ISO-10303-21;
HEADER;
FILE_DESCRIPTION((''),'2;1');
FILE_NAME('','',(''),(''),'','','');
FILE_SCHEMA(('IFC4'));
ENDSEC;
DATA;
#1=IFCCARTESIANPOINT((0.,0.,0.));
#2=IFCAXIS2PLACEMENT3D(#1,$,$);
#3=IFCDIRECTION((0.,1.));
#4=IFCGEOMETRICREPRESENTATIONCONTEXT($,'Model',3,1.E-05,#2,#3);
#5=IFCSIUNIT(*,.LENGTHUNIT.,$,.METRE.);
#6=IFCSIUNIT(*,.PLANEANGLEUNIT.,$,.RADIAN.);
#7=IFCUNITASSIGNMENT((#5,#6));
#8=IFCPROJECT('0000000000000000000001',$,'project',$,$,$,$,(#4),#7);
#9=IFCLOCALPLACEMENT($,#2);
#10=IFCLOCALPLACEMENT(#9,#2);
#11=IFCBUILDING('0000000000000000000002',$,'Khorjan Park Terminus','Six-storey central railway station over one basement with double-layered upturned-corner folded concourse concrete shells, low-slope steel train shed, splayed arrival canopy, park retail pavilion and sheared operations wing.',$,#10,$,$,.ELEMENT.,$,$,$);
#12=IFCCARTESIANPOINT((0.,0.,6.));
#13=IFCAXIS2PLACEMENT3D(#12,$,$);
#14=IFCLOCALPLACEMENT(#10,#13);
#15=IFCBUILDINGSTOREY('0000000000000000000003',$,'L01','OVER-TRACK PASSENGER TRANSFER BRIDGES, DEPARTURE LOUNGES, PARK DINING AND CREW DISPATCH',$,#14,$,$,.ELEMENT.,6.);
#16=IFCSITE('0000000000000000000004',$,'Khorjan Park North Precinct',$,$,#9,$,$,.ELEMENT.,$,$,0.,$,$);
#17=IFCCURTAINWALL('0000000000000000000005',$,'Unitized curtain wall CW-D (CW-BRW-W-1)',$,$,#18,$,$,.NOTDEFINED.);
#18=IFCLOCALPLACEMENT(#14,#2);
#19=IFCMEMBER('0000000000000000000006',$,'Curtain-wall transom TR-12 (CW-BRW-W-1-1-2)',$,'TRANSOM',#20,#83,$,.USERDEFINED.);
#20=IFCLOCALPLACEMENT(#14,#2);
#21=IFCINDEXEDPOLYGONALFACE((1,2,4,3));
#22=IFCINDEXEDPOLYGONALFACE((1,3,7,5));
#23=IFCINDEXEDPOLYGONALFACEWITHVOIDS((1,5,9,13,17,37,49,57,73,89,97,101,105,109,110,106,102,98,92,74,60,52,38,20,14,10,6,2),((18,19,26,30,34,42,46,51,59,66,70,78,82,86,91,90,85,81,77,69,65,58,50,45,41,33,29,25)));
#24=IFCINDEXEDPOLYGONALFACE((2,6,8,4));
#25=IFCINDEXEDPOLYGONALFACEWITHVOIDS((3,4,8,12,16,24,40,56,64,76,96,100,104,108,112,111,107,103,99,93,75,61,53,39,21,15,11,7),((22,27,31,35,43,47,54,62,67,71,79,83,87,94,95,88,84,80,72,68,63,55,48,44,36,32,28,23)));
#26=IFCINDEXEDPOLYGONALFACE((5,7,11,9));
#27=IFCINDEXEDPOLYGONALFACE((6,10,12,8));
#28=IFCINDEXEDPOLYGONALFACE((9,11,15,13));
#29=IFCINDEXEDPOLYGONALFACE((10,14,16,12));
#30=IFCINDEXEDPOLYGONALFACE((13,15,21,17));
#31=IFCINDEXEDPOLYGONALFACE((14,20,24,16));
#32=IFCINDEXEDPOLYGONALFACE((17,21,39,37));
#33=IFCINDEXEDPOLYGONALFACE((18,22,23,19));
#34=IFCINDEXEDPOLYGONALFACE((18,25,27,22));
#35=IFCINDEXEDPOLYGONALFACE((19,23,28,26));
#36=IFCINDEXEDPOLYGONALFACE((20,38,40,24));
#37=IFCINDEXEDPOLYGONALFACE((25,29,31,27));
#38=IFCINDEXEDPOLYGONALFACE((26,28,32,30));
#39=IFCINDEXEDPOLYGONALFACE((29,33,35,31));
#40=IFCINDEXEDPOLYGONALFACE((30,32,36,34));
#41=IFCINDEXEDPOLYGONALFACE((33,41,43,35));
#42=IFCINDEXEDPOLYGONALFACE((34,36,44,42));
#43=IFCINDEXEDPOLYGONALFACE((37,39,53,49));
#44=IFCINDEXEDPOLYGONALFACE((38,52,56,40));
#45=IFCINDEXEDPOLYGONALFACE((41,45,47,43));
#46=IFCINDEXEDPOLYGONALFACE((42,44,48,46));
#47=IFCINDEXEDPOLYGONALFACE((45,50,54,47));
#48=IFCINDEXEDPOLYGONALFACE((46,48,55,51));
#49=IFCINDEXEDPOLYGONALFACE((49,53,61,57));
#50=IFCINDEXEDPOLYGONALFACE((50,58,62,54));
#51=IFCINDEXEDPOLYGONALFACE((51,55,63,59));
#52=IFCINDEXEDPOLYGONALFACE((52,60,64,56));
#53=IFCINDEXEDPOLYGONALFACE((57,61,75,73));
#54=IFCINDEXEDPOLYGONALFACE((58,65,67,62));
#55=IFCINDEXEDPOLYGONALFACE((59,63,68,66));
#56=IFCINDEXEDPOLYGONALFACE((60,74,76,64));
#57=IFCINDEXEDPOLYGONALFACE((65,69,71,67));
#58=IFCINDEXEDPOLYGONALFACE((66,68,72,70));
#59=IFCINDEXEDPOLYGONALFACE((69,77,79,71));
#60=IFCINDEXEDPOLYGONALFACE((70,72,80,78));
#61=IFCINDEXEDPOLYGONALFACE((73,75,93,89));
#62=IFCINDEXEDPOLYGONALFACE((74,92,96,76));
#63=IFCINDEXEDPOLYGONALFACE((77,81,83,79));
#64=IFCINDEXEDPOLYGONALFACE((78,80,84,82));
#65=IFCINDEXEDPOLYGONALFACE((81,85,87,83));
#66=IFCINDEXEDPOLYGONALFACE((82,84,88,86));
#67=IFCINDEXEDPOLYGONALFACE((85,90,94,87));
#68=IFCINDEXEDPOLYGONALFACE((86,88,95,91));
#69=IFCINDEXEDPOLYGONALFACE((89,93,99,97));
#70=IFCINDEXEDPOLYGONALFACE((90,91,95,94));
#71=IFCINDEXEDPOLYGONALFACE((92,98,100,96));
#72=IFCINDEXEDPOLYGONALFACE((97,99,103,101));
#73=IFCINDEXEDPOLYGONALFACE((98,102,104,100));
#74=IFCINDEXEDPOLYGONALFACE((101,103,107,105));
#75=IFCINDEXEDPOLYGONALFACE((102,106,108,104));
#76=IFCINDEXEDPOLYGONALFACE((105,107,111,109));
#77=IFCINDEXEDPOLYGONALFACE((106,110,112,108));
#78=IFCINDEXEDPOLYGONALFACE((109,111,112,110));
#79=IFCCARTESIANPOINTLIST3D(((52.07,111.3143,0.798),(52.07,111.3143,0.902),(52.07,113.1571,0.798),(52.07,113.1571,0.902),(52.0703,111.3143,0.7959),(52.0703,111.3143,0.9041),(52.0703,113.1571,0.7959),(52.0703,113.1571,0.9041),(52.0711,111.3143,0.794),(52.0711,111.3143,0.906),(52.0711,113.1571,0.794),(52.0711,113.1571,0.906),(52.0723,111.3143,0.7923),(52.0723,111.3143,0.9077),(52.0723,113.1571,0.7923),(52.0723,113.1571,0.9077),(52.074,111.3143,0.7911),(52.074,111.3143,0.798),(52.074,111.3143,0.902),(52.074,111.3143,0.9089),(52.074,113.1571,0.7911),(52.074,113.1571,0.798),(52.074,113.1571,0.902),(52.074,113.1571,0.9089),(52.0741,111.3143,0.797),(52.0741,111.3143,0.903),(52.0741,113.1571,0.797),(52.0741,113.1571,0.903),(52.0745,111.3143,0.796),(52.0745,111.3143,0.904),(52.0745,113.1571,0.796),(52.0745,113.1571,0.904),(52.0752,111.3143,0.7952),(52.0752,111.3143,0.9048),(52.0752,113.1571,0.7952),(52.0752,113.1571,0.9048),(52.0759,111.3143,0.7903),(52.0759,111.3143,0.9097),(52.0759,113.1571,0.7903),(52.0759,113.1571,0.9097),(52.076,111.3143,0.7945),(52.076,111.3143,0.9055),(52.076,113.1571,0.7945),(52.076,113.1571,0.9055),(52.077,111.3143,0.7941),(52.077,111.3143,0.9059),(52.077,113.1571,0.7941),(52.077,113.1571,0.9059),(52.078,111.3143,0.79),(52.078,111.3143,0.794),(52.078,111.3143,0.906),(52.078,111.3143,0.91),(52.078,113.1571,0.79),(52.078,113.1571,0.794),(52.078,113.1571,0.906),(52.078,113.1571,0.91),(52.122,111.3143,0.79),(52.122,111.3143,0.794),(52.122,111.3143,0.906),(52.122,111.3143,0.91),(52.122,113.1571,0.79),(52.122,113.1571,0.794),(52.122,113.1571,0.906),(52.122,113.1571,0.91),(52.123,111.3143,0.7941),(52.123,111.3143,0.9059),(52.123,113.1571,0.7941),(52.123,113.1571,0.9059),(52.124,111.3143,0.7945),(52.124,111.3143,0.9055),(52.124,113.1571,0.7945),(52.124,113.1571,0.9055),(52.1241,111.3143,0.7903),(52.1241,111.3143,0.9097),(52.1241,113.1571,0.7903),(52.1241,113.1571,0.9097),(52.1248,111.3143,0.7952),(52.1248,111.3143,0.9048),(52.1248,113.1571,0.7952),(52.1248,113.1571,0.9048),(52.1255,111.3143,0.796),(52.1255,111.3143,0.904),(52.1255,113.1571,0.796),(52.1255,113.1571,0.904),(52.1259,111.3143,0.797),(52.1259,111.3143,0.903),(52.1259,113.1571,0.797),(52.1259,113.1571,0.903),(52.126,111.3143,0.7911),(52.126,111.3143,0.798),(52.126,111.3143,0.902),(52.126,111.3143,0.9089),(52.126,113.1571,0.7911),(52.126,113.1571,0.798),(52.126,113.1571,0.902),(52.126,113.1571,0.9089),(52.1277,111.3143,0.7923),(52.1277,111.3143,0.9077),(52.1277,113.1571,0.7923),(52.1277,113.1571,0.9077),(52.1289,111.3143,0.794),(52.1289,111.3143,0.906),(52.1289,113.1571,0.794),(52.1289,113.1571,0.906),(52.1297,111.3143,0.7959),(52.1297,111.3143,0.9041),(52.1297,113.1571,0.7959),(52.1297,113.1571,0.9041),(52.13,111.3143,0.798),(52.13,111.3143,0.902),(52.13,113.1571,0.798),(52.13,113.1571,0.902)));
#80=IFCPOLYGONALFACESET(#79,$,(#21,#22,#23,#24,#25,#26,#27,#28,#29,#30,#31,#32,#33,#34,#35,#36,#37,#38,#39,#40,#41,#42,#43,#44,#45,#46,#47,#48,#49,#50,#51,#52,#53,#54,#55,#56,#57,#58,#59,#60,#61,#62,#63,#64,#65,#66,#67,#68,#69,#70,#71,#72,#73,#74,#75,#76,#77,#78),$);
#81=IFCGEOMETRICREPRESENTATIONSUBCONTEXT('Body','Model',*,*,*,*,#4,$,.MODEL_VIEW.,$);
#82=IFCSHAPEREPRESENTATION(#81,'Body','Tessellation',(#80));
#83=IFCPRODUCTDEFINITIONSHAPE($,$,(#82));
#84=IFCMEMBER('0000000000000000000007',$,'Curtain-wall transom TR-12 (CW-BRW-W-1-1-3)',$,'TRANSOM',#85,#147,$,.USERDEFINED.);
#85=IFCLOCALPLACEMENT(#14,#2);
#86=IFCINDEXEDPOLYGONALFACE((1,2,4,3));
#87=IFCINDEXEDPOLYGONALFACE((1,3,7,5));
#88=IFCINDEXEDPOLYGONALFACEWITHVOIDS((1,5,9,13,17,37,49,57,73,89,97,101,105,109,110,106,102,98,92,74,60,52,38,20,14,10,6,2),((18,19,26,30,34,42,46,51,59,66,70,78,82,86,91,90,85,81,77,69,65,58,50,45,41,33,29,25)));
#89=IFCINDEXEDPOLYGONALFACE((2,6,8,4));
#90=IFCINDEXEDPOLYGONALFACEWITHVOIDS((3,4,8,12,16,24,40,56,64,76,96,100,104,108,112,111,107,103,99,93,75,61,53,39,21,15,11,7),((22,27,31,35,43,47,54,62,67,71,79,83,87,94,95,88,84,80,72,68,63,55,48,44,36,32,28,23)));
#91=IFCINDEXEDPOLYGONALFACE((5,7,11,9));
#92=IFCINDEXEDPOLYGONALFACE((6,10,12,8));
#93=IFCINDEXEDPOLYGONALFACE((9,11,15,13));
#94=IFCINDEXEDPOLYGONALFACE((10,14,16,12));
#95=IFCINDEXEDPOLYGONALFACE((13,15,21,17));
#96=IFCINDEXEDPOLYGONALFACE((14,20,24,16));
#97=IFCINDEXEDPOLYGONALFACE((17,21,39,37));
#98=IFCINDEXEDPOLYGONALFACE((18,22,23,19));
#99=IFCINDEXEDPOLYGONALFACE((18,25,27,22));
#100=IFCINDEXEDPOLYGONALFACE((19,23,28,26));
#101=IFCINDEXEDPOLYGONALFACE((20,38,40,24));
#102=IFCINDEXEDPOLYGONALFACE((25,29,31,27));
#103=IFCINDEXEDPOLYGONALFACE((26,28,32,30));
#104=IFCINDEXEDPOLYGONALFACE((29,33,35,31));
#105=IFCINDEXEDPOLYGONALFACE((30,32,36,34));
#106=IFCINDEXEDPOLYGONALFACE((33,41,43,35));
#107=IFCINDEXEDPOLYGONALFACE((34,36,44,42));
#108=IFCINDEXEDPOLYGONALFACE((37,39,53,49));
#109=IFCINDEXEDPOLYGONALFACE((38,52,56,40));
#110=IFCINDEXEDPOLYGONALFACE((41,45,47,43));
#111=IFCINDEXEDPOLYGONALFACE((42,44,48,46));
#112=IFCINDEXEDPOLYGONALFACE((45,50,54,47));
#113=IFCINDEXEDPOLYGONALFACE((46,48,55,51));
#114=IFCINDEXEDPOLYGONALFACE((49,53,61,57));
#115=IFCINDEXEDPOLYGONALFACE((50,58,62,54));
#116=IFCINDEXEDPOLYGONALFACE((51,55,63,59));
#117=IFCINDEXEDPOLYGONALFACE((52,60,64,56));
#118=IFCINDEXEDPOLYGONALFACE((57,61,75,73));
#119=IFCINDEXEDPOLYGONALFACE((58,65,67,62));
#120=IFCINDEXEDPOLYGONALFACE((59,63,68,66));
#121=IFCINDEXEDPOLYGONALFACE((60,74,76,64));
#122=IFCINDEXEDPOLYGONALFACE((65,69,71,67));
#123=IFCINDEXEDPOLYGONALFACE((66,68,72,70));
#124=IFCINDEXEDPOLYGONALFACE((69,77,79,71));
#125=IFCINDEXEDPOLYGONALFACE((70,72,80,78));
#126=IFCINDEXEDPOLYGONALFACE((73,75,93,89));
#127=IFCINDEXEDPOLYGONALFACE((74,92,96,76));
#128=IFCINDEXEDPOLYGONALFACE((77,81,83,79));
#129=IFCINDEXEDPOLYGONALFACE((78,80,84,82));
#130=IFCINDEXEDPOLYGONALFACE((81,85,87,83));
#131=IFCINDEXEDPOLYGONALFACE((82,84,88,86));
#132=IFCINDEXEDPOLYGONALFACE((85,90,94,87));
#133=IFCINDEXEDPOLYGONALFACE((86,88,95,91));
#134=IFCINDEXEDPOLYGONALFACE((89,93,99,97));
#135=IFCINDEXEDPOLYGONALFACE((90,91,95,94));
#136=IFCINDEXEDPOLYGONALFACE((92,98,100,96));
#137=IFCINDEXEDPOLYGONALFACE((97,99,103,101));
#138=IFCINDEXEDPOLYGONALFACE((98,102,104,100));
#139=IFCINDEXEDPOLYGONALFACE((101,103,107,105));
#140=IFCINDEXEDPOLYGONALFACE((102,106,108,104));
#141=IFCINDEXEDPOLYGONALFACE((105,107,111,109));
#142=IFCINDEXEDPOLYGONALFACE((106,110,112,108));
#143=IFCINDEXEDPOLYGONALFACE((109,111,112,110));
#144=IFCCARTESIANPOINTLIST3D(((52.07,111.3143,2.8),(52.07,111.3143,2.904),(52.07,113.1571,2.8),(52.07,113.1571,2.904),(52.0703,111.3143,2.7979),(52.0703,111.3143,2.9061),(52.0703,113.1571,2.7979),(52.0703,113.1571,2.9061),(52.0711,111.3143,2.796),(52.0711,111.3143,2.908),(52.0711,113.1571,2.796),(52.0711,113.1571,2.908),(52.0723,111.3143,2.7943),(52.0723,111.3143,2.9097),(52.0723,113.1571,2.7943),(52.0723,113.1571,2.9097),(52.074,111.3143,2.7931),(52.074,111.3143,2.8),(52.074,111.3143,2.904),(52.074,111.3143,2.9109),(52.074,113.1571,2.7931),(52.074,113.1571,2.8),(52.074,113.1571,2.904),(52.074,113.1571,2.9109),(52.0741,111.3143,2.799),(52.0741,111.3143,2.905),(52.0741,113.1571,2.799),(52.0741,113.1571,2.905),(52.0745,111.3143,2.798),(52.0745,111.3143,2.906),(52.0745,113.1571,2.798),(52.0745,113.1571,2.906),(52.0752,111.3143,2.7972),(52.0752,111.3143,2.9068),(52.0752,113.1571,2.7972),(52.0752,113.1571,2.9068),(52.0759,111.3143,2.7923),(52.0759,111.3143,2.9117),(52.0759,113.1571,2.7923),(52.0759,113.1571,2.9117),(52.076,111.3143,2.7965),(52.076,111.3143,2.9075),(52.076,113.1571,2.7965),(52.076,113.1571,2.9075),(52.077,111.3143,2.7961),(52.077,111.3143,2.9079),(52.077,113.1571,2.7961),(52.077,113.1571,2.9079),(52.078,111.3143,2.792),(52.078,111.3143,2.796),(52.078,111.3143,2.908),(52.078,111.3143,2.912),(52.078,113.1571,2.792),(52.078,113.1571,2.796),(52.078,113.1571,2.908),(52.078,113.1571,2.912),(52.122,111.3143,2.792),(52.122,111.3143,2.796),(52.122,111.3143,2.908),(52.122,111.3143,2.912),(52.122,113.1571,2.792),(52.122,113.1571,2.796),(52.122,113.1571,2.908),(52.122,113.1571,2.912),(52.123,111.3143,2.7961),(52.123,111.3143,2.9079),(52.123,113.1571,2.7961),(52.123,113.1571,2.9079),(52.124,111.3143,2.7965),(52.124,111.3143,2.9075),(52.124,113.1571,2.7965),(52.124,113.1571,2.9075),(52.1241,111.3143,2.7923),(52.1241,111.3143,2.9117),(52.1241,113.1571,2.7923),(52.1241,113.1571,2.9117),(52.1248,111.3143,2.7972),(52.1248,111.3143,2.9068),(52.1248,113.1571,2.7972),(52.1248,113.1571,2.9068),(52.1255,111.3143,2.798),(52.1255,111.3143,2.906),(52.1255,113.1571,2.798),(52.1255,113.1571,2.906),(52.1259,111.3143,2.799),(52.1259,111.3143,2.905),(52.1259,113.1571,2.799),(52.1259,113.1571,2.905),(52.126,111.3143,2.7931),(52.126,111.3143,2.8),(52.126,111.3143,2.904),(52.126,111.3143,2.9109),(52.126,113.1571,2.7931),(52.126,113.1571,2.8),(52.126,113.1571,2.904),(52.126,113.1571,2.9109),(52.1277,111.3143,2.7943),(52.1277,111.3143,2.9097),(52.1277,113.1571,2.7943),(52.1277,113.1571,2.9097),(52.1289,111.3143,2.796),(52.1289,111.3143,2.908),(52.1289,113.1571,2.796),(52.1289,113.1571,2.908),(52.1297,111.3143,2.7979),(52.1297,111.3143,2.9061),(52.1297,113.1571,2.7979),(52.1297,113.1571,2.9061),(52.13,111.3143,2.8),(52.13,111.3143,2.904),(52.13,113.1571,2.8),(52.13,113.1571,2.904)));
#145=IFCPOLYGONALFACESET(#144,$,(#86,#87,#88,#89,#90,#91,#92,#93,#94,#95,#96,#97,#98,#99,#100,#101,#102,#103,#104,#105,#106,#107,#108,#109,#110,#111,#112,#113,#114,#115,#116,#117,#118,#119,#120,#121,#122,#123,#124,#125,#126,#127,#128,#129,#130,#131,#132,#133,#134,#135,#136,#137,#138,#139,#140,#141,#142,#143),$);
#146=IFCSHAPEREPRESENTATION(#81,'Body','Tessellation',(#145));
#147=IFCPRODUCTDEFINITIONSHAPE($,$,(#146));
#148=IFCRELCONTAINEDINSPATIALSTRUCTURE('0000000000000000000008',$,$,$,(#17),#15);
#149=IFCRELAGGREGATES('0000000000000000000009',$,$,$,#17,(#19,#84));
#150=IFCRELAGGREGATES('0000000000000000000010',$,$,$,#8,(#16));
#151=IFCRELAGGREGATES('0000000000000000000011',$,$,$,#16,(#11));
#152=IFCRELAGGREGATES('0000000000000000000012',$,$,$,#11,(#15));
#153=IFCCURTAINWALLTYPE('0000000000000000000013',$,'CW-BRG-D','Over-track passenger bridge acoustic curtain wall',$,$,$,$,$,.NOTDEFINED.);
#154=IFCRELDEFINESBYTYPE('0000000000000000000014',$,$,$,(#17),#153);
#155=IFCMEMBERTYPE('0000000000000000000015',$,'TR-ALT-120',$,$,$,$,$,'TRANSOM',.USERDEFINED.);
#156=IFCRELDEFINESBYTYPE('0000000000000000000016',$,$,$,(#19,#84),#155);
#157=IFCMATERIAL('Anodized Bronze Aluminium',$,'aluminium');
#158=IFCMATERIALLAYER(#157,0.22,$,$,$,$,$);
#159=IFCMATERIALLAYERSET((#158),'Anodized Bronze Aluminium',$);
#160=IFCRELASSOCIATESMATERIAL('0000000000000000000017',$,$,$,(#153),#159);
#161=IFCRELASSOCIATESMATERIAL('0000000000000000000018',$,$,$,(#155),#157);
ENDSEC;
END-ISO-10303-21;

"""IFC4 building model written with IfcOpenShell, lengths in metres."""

from ifc_helpers import new_model, si_unit, direction, frame, origin, origin_2d, place, context, subcontext, project, spatial, hollow_rectangle, extrude, material, layer, layer_set, material_profile, profile_set, type_object, element, aggregate, save


model = new_model("IFC4")

# Units and contexts
model_context = context("Model", 3, precision=1e-05, world=origin(), true_north=direction((0.0, 1.0)))
body_context = subcontext(model_context, "Body", "Model", "MODEL_VIEW")
ifc_project = project(units=[si_unit("LENGTHUNIT", "METRE"), si_unit("PLANEANGLEUNIT", "RADIAN")], contexts=[model_context])

# Site, building, storey
site_placement = place(None, origin())
site = spatial("IfcSite", under=ifc_project, at=site_placement, Name="Khorjan Park North Precinct", CompositionType="ELEMENT", RefElevation=0.0)
building_placement = place(site_placement, origin())
building = spatial("IfcBuilding", under=site, at=building_placement, Name="Khorjan Park Terminus", Description="Six-storey central railway station over one basement with double-layered upturned-corner folded concourse concrete shells, low-slope steel train shed, splayed arrival canopy, park retail pavilion and sheared operations wing.", CompositionType="ELEMENT")
storey_placement = place(building_placement, frame((0.0, 0.0, 6.0)))
storey = spatial("IfcBuildingStorey", under=building, at=storey_placement, Name="L01", Description="OVER-TRACK PASSENGER TRANSFER BRIDGES, DEPARTURE LOUNGES, PARK DINING AND CREW DISPATCH", CompositionType="ELEMENT", Elevation=6.0)

# Curtain wall, members
ifc_material_1 = material(Name="Anodized Bronze Aluminium", Category="aluminium")
ifc_layer_1 = layer(ifc_material_1, 0.22)
ifc_layer_set_1 = layer_set([ifc_layer_1], Name="Anodized Bronze Aluminium")
curtain_wall_type = type_object("IfcCurtainWallType", Name="CW-BRG-D", Description="Over-track passenger bridge acoustic curtain wall", PredefinedType="NOTDEFINED", material=ifc_layer_set_1)
curtain_wall_1_placement = place(storey_placement, origin())
curtain_wall_1 = element("IfcCurtainWall", 1, at=curtain_wall_1_placement, inside=storey, type_object=curtain_wall_type, Name="Unitized curtain wall CW-D (CW-BRW-W-1)", PredefinedType="NOTDEFINED")
ifc_material_profile_1 = material_profile(ifc_material_1, hollow_rectangle(XDim=0.06, YDim=0.12, WallThickness=0.004, InnerFilletRadius=0.004, OuterFilletRadius=0.008, at=origin_2d()), Name="ALT 60x120x4")
ifc_profile_set_1 = profile_set([ifc_material_profile_1], Name="Anodized Bronze Aluminium")
member_type_1 = type_object("IfcMemberType", Name="TR-ALT-120", ElementType="TRANSOM", PredefinedType="USERDEFINED", material=ifc_profile_set_1)
member_1_placement = place(storey_placement, frame((52.1, 113.1571, 0.85), z_axis=(0.0, -1.0, 0.0), x_axis=(1.0, 0.0, 0.0)))
member_1 = element("IfcMember", 2, at=member_1_placement, type_object=member_type_1, Name="Curtain-wall transom TR-12 (CW-BRW-W-1-1-2)", ObjectType="TRANSOM", PredefinedType="USERDEFINED", context=body_context, shape_type="SweptSolid", body=[
    extrude(hollow_rectangle(XDim=0.06, YDim=0.12, WallThickness=0.004, InnerFilletRadius=0.004, OuterFilletRadius=0.008, at=origin_2d()), origin(), (0.0, 0.0, 1.0), 1.8428),
])
member_2_placement = place(storey_placement, frame((52.1, 113.1571, 2.852), z_axis=(0.0, -1.0, 0.0), x_axis=(1.0, 0.0, 0.0)))
member_2 = element("IfcMember", 3, at=member_2_placement, type_object=member_type_1, Name="Curtain-wall transom TR-12 (CW-BRW-W-1-1-3)", ObjectType="TRANSOM", PredefinedType="USERDEFINED", context=body_context, shape_type="SweptSolid", body=[
    extrude(hollow_rectangle(XDim=0.06, YDim=0.12, WallThickness=0.004, InnerFilletRadius=0.004, OuterFilletRadius=0.008, at=origin_2d()), origin(), (0.0, 0.0, 1.0), 1.8428),
])

aggregate(curtain_wall_1, [member_1, member_2])

save(model, "model.ifc")
